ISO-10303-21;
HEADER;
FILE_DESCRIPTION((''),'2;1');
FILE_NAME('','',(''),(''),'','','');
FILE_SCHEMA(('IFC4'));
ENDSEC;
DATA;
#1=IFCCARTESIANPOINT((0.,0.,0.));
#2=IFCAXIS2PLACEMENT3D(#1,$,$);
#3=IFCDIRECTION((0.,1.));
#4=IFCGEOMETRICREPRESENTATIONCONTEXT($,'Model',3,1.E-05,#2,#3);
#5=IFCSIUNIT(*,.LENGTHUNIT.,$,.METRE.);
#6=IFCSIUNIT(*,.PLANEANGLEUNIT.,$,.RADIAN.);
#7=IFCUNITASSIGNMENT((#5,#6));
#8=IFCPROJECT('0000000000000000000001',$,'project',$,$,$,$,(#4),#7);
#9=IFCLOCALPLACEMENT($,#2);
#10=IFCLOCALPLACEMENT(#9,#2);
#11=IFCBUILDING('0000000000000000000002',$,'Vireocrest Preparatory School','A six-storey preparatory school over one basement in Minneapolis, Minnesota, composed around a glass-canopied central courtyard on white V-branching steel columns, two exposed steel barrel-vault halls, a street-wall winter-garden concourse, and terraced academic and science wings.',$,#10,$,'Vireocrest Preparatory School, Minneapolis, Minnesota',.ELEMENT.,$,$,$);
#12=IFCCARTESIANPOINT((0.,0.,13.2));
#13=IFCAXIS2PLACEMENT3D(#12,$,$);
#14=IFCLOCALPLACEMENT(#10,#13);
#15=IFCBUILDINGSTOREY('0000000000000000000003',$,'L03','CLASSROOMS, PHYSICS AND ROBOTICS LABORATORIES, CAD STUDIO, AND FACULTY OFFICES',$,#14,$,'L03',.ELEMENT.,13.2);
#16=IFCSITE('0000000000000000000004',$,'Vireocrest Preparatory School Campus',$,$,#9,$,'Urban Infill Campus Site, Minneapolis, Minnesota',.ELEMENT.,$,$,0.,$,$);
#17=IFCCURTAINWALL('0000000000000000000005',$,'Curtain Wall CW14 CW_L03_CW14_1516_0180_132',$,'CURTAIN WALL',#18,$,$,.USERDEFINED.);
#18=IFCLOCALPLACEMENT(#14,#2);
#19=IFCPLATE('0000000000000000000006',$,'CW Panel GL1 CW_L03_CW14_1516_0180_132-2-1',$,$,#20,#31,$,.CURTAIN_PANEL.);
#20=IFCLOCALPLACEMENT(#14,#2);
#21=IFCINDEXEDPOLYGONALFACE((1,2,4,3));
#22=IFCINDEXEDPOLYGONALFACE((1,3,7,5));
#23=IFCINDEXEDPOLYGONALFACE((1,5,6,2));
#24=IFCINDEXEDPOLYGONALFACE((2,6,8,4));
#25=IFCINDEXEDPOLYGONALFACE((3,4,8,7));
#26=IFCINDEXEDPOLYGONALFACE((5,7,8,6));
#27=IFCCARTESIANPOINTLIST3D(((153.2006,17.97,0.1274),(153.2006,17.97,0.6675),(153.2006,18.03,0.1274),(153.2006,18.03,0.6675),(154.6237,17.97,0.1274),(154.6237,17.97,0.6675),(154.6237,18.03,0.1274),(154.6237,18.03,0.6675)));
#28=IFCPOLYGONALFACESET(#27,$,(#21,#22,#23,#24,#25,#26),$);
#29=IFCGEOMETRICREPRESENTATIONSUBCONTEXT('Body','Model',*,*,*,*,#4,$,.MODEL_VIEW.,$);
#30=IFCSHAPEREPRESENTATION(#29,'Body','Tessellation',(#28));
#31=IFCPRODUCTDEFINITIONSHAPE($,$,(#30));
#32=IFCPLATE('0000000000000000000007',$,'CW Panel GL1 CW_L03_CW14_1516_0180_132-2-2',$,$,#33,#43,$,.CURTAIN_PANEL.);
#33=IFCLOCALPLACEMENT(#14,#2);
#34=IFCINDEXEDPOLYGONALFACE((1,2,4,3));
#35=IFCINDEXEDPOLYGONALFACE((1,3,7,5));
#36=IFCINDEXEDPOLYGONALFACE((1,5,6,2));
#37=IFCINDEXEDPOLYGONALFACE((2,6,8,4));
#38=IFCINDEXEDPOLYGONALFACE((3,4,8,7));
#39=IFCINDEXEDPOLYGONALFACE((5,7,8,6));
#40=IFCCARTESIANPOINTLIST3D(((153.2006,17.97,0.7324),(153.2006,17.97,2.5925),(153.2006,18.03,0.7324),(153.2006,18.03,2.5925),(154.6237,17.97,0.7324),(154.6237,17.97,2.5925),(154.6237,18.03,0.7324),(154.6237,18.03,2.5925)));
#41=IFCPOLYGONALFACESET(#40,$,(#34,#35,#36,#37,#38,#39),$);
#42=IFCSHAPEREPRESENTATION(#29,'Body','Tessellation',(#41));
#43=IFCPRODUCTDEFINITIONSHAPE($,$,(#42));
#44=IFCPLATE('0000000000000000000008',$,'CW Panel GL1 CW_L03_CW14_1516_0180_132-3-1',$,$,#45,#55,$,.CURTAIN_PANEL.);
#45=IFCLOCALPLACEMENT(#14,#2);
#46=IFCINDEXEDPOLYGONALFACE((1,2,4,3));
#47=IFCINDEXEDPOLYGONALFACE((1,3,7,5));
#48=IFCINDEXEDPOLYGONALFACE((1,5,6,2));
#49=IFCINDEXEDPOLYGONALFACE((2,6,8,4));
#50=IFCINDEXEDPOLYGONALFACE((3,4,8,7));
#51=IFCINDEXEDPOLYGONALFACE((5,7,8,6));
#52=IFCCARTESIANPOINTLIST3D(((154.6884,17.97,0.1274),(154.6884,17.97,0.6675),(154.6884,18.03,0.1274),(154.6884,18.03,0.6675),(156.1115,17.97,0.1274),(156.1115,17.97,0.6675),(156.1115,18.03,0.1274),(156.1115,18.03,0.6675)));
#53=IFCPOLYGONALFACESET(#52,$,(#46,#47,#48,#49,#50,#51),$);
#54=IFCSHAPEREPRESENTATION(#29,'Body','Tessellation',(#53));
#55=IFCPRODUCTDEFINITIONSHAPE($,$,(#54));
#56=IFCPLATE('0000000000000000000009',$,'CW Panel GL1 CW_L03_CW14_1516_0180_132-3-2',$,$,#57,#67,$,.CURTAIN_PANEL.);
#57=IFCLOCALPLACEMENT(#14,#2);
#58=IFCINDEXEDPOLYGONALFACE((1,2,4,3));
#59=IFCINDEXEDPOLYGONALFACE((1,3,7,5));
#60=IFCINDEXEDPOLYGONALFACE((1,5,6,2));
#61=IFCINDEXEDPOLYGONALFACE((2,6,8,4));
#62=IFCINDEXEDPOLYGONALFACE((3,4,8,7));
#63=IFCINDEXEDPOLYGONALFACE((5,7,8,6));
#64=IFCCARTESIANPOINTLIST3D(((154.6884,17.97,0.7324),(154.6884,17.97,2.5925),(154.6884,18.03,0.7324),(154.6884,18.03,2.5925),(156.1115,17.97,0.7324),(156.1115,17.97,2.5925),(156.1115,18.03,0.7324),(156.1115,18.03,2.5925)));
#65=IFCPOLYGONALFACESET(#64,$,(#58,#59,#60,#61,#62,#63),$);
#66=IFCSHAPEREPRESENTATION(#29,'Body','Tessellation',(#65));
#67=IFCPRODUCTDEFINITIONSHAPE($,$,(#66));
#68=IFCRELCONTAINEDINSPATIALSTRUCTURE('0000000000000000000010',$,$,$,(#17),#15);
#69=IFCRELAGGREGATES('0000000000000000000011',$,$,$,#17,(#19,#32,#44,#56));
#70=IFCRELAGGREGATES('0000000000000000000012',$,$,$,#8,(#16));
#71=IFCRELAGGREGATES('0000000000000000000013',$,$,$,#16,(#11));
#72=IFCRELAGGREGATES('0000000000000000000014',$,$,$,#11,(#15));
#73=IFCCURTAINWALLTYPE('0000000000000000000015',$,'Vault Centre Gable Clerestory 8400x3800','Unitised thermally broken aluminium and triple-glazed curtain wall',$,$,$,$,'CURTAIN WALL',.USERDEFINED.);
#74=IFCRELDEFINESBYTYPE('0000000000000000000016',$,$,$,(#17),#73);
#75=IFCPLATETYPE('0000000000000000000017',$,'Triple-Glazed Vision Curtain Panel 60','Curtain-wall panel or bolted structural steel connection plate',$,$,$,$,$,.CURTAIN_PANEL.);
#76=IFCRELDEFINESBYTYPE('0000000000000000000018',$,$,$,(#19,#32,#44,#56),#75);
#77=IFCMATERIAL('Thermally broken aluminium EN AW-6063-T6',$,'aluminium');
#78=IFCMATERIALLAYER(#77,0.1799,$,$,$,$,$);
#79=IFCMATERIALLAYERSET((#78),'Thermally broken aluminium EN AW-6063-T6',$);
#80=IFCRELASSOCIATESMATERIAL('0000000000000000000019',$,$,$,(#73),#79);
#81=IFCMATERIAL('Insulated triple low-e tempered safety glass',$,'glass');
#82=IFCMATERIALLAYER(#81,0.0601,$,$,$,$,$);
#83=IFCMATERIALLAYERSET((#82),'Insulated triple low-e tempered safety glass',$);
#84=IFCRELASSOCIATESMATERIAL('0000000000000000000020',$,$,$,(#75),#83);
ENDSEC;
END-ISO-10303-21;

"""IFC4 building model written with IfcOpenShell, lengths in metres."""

from ifc_helpers import new_model, si_unit, direction, frame, origin, origin_2d, place, context, subcontext, project, spatial, rectangle, extrude, material, layer, layer_set, type_object, element, aggregate, save


model = new_model("IFC4")

# Units and contexts
model_context = context("Model", 3, precision=1e-05, world=origin(), true_north=direction((0.0, 1.0)))
body_context = subcontext(model_context, "Body", "Model", "MODEL_VIEW")
ifc_project = project(units=[si_unit("LENGTHUNIT", "METRE"), si_unit("PLANEANGLEUNIT", "RADIAN")], contexts=[model_context])

# Site, building, storey
site_placement = place(None, origin())
site = spatial("IfcSite", under=ifc_project, at=site_placement, Name="Vireocrest Preparatory School Campus", LongName="Urban Infill Campus Site, Minneapolis, Minnesota", CompositionType="ELEMENT", RefElevation=0.0)
building_placement = place(site_placement, origin())
building = spatial("IfcBuilding", under=site, at=building_placement, Name="Vireocrest Preparatory School", Description="A six-storey preparatory school over one basement in Minneapolis, Minnesota, composed around a glass-canopied central courtyard on white V-branching steel columns, two exposed steel barrel-vault halls, a street-wall winter-garden concourse, and terraced academic and science wings.", LongName="Vireocrest Preparatory School, Minneapolis, Minnesota", CompositionType="ELEMENT")
storey_placement = place(building_placement, frame((0.0, 0.0, 13.2)))
storey = spatial("IfcBuildingStorey", under=building, at=storey_placement, Name="L03", Description="CLASSROOMS, PHYSICS AND ROBOTICS LABORATORIES, CAD STUDIO, AND FACULTY OFFICES", LongName="L03", CompositionType="ELEMENT", Elevation=13.2)

# Shared definitions
ifc_material_1 = material(Name="Thermally broken aluminium EN AW-6063-T6", Category="aluminium")

# Curtain wall
ifc_layer_1 = layer(ifc_material_1, 0.1799)
ifc_layer_set_1 = layer_set([ifc_layer_1], Name="Thermally broken aluminium EN AW-6063-T6")
curtain_wall_type_1 = type_object("IfcCurtainWallType", Name="Vault Centre Gable Clerestory 8400x3800", Description="Unitised thermally broken aluminium and triple-glazed curtain wall", ElementType="CURTAIN WALL", PredefinedType="USERDEFINED", material=ifc_layer_set_1)
curtain_wall_1_placement = place(storey_placement, origin())
curtain_wall_1 = element("IfcCurtainWall", 1, at=curtain_wall_1_placement, inside=storey, type_object=curtain_wall_type_1, Name="Curtain Wall CW14 CW_L03_CW14_1516_0180_132", ObjectType="CURTAIN WALL", PredefinedType="USERDEFINED")

# Plates
ifc_material_2 = material(Name="Insulated triple low-e tempered safety glass", Category="glass")
ifc_layer_2 = layer(ifc_material_2, 0.0601)
ifc_layer_set_2 = layer_set([ifc_layer_2], Name="Insulated triple low-e tempered safety glass")
plate_type_1 = type_object("IfcPlateType", Name="Triple-Glazed Vision Curtain Panel 60", Description="Curtain-wall panel or bolted structural steel connection plate", PredefinedType="CURTAIN_PANEL", material=ifc_layer_set_2)
plate_1_placement = place(storey_placement, frame((153.9121, 18.0, 0.1274), z_axis=(0.0, 0.0, 1.0), x_axis=(1.0, 0.0, 0.0)))
plate_1 = element("IfcPlate", 2, at=plate_1_placement, type_object=plate_type_1, Name="CW Panel GL1 CW_L03_CW14_1516_0180_132-2-1", PredefinedType="CURTAIN_PANEL", context=body_context, shape_type="SweptSolid", body=[
    extrude(rectangle(XDim=1.4231, YDim=0.0601, at=origin_2d()), origin(), (0.0, 0.0, 1.0), 0.54),
])
plate_2_placement = place(storey_placement, frame((153.9121, 18.0, 0.7324), z_axis=(0.0, 0.0, 1.0), x_axis=(1.0, 0.0, 0.0)))
plate_2 = element("IfcPlate", 3, at=plate_2_placement, type_object=plate_type_1, Name="CW Panel GL1 CW_L03_CW14_1516_0180_132-2-2", PredefinedType="CURTAIN_PANEL", context=body_context, shape_type="SweptSolid", body=[
    extrude(rectangle(XDim=1.4231, YDim=0.0601, at=origin_2d()), origin(), (0.0, 0.0, 1.0), 1.8601),
])
plate_3_placement = place(storey_placement, frame((155.3999, 18.0, 0.1274), z_axis=(0.0, 0.0, 1.0), x_axis=(1.0, 0.0, 0.0)))
plate_3 = element("IfcPlate", 4, at=plate_3_placement, type_object=plate_type_1, Name="CW Panel GL1 CW_L03_CW14_1516_0180_132-3-1", PredefinedType="CURTAIN_PANEL", context=body_context, shape_type="SweptSolid", body=[
    extrude(rectangle(XDim=1.4231, YDim=0.0601, at=origin_2d()), origin(), (0.0, 0.0, 1.0), 0.54),
])
plate_4_placement = place(storey_placement, frame((155.3999, 18.0, 0.7324), z_axis=(0.0, 0.0, 1.0), x_axis=(1.0, 0.0, 0.0)))
plate_4 = element("IfcPlate", 5, at=plate_4_placement, type_object=plate_type_1, Name="CW Panel GL1 CW_L03_CW14_1516_0180_132-3-2", PredefinedType="CURTAIN_PANEL", context=body_context, shape_type="SweptSolid", body=[
    extrude(rectangle(XDim=1.4231, YDim=0.0601, at=origin_2d()), origin(), (0.0, 0.0, 1.0), 1.8601),
])
aggregate(curtain_wall_1, [plate_1, plate_2, plate_3, plate_4])

save(model, "model.ifc")
